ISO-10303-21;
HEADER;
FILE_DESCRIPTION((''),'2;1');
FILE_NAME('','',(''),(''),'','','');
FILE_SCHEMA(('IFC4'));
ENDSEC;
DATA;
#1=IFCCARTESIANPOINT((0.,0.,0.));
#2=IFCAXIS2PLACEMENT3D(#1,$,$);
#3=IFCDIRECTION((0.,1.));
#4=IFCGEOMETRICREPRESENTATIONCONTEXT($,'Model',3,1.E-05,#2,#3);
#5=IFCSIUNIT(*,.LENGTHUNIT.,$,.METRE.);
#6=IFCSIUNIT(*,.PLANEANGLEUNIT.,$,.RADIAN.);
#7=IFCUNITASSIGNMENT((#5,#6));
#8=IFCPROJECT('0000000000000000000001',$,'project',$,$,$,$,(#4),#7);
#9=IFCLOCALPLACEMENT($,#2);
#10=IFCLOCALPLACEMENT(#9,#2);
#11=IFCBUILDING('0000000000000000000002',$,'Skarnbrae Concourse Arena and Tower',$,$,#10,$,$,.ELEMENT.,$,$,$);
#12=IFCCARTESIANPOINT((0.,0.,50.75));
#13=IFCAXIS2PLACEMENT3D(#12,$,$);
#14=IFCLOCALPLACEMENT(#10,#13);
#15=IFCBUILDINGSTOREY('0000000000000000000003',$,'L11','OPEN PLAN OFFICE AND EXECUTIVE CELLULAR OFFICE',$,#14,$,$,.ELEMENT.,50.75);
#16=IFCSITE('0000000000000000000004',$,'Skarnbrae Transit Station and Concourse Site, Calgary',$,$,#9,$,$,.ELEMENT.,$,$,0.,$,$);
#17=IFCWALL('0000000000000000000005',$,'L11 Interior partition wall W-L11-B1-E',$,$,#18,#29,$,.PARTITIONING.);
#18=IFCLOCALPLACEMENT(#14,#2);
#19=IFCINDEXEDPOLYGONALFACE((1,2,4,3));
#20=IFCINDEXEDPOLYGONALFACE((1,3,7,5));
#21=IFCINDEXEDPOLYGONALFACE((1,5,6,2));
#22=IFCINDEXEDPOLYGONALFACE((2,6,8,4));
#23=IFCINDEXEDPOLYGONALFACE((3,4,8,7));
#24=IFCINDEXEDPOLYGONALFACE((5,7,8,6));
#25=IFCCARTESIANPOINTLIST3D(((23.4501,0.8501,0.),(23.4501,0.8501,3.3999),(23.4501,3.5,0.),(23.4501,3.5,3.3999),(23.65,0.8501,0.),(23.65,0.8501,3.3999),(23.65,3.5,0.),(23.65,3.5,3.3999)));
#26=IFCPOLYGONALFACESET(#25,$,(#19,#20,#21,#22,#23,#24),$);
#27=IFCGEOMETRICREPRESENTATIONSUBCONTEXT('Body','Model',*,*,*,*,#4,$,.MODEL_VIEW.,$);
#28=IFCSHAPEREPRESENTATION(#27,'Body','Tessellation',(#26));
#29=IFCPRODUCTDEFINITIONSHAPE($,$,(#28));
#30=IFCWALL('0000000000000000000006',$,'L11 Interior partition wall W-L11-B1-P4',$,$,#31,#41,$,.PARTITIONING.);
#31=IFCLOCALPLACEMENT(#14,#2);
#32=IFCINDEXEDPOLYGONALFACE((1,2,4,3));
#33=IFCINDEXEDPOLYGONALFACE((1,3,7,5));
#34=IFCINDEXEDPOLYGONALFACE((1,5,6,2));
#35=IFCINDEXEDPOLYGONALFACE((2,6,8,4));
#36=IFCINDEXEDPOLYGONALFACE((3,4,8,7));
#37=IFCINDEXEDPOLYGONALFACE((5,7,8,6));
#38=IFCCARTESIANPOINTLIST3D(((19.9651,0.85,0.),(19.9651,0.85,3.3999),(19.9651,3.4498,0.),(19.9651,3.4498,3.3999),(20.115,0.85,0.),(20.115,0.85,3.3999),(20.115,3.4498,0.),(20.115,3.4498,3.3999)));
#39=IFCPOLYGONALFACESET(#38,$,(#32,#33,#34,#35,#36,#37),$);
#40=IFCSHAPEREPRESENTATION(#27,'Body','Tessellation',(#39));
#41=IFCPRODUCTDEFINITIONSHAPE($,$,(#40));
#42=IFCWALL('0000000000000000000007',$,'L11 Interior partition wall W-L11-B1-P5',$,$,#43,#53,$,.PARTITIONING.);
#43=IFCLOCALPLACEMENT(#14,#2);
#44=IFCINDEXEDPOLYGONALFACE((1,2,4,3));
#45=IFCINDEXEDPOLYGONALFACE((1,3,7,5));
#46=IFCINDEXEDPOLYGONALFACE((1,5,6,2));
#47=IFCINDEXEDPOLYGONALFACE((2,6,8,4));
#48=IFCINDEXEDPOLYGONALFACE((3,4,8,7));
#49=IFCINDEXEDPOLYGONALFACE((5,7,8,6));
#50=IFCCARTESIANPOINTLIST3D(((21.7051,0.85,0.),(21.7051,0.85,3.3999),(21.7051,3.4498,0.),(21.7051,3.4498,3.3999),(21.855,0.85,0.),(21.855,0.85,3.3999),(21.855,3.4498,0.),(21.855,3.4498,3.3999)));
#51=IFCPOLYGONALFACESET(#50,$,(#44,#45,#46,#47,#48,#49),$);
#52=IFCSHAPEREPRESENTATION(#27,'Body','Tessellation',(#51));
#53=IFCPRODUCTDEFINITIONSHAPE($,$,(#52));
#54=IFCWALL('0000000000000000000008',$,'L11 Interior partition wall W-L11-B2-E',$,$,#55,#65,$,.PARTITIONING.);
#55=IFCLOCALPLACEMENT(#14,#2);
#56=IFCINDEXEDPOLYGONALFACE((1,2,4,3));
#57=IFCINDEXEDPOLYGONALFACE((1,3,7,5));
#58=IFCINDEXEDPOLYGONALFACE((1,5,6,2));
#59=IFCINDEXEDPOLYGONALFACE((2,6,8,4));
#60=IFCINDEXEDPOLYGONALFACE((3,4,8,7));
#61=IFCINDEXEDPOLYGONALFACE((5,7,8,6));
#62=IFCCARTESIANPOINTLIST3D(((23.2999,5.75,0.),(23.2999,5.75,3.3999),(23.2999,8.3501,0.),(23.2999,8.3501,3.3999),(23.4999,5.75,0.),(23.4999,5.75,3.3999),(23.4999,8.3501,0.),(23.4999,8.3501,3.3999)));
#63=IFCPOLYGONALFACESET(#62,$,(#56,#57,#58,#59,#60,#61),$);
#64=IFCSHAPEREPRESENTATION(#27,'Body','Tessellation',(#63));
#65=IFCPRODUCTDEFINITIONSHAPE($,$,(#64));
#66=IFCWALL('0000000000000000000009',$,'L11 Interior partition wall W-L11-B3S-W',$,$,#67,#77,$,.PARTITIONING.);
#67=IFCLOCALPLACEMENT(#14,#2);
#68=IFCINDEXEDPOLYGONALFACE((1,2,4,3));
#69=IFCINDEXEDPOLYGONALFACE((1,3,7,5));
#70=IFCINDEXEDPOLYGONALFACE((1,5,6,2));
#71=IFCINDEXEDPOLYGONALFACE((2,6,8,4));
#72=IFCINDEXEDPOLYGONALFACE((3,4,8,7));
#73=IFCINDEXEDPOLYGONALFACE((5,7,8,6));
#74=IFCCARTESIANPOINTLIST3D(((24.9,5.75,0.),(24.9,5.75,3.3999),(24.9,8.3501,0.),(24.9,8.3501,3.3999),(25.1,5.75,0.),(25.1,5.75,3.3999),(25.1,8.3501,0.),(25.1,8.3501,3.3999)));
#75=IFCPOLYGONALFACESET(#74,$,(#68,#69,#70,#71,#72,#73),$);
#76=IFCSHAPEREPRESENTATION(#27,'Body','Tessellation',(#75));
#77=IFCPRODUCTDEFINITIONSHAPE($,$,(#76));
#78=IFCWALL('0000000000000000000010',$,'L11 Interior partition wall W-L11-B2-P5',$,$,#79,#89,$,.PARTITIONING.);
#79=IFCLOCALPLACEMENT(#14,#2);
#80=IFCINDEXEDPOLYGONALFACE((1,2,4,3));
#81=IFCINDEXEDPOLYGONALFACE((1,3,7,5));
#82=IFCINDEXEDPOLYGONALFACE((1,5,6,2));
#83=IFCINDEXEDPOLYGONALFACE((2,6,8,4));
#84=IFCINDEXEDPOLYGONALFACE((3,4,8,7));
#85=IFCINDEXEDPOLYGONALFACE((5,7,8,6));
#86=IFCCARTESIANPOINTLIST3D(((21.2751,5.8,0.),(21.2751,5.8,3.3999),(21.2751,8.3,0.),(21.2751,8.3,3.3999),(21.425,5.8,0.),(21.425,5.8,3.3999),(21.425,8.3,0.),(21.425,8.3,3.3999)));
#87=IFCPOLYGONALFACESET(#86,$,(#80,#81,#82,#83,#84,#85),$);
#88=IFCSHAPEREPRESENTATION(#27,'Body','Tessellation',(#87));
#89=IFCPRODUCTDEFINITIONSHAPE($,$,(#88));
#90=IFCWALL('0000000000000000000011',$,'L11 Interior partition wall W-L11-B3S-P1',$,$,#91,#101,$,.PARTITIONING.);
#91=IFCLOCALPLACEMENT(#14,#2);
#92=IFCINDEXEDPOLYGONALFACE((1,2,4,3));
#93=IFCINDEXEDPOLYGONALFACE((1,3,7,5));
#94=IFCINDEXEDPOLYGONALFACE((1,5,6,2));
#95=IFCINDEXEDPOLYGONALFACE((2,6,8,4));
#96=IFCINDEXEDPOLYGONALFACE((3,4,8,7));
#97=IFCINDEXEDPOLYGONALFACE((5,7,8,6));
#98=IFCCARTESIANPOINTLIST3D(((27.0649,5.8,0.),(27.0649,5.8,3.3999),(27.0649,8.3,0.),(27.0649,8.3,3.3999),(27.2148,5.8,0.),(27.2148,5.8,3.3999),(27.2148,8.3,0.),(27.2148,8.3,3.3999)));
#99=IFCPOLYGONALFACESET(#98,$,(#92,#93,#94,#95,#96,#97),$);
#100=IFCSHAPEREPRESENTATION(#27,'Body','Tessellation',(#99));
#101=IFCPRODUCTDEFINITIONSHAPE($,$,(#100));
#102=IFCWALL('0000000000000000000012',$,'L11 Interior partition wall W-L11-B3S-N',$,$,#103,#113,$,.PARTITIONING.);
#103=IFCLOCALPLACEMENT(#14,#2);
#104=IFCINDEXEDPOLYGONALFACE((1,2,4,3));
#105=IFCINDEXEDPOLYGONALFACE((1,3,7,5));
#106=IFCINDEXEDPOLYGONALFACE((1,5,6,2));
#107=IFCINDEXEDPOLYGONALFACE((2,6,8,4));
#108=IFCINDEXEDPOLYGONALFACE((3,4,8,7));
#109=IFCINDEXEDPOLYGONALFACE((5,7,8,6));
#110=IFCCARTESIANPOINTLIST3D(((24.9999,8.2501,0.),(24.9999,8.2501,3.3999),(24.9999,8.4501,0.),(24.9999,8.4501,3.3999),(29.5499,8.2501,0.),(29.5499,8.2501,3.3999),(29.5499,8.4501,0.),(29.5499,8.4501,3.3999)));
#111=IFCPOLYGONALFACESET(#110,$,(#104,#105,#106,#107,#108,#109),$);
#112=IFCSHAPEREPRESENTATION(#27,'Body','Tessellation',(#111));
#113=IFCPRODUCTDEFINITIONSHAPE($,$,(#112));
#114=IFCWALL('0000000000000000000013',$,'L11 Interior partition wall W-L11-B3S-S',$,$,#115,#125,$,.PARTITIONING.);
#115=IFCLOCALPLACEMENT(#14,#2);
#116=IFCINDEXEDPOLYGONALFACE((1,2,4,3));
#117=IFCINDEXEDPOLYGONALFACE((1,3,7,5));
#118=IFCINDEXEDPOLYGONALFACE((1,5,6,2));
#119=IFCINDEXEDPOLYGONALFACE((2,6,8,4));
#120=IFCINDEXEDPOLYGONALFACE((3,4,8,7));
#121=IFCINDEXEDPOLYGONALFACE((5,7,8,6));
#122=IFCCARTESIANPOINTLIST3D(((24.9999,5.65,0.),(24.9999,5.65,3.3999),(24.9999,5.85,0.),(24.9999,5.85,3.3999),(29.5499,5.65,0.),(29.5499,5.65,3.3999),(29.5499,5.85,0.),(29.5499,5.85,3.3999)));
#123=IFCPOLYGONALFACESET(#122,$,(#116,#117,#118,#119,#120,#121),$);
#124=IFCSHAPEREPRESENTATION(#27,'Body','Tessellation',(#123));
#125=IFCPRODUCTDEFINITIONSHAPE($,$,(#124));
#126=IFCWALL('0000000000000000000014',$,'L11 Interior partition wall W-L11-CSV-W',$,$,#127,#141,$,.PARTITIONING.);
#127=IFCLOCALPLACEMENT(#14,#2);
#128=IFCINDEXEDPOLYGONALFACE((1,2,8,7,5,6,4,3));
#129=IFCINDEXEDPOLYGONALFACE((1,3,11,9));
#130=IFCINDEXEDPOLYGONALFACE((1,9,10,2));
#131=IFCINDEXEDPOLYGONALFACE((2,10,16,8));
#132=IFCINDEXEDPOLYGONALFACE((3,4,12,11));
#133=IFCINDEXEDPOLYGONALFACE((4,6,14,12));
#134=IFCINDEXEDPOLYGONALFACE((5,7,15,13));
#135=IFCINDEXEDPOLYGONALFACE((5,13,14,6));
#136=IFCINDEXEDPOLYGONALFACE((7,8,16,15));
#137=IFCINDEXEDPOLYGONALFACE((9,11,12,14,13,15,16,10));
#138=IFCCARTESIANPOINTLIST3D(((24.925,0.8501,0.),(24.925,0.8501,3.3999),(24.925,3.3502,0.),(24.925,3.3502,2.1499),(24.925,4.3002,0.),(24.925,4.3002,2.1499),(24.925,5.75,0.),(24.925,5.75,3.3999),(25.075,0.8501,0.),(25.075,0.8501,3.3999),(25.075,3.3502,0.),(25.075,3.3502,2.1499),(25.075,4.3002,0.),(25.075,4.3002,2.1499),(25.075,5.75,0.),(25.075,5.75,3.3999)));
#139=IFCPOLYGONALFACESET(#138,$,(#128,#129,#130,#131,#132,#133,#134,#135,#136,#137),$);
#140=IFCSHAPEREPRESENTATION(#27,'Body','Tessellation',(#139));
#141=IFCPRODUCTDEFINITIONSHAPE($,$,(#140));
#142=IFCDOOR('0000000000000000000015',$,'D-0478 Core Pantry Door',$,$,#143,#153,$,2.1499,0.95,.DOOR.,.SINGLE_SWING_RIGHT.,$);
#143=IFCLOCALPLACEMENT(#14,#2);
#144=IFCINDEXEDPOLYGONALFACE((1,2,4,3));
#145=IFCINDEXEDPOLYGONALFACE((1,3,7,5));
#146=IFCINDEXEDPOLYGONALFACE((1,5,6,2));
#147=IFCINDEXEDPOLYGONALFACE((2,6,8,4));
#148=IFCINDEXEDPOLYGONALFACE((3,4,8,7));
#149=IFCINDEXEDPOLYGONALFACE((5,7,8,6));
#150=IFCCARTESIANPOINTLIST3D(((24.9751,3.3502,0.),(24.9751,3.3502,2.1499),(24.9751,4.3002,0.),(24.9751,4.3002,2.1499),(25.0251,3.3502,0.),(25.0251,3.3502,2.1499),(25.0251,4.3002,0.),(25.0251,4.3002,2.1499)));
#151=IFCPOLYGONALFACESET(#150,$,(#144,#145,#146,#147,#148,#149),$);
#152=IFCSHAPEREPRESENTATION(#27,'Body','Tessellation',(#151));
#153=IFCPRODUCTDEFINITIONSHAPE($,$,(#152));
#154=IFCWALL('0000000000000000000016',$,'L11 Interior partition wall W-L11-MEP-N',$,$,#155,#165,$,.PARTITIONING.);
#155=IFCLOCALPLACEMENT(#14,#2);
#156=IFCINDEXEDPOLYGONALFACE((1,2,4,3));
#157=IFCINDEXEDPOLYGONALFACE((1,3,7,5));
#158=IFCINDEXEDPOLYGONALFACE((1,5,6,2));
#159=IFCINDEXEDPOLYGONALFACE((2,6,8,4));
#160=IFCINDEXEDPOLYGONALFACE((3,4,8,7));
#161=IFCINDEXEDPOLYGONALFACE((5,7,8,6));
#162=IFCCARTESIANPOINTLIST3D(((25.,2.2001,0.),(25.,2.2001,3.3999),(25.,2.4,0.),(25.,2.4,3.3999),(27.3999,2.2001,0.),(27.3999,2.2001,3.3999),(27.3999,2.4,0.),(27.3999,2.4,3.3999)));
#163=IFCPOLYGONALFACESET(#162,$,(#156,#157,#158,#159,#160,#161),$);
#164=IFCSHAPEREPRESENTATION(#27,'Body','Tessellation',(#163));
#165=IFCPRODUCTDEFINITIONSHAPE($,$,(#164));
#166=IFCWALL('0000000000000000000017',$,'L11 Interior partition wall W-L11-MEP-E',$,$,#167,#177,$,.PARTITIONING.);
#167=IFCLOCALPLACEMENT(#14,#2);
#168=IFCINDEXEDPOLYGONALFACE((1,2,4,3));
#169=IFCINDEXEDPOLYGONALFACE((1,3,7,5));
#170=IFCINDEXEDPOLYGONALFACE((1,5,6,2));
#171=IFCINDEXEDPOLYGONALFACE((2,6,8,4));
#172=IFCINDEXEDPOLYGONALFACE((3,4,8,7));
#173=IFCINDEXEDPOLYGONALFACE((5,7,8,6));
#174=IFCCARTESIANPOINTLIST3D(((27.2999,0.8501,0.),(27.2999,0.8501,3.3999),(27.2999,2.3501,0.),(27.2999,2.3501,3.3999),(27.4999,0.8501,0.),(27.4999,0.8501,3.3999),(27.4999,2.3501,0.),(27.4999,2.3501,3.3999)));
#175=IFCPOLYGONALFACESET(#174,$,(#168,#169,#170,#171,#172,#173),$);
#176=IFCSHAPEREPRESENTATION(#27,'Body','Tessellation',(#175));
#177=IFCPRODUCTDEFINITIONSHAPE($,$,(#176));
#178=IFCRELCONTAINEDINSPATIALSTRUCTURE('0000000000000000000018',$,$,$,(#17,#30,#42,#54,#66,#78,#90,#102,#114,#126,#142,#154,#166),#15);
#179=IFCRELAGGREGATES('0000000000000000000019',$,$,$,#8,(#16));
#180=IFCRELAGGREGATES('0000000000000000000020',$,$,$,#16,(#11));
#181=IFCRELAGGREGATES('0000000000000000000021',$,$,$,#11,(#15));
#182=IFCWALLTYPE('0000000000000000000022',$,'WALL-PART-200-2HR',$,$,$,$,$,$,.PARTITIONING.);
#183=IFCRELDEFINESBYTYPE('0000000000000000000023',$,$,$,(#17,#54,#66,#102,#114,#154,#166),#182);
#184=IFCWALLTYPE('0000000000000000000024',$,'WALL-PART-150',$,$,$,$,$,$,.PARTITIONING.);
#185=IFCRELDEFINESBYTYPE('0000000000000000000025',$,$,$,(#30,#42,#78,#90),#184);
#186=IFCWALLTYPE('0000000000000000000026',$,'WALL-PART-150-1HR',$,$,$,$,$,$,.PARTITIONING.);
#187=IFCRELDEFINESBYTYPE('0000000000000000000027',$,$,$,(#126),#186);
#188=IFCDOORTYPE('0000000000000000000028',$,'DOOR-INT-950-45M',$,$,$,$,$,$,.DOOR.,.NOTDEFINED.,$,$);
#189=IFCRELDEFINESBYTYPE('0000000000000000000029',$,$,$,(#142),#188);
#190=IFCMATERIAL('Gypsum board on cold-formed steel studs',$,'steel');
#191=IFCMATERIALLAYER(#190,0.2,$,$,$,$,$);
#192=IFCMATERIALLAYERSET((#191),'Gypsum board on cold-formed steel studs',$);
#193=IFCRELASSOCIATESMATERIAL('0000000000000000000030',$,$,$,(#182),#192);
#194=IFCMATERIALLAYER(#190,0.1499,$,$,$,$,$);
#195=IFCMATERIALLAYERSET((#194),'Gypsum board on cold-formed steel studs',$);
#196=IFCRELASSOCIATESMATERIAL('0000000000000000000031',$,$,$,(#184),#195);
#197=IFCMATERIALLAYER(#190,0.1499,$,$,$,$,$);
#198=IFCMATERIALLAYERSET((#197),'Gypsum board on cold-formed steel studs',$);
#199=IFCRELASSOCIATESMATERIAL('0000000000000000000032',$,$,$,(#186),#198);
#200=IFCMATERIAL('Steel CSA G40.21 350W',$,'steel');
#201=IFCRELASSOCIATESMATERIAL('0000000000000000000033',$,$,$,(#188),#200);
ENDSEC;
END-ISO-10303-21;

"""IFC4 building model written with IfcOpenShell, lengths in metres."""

from ifc_helpers import new_model, si_unit, direction, frame, frame_2d, origin, place, context, subcontext, project, spatial, rectangle, extrude, source, transform, mapped, material, layer, layer_set, type_object, element, fill, save


model = new_model("IFC4")

# Units and contexts
model_context = context("Model", 3, precision=1e-05, world=origin(), true_north=direction((0.0, 1.0)))
body_context = subcontext(model_context, "Body", "Model", "MODEL_VIEW")
ifc_project = project(units=[si_unit("LENGTHUNIT", "METRE"), si_unit("PLANEANGLEUNIT", "RADIAN")], contexts=[model_context])

# Site, building, storey
site_placement = place(None, origin())
site = spatial("IfcSite", under=ifc_project, at=site_placement, Name="Skarnbrae Transit Station and Concourse Site, Calgary", CompositionType="ELEMENT", RefElevation=0.0)
building_placement = place(site_placement, origin())
building = spatial("IfcBuilding", under=site, at=building_placement, Name="Skarnbrae Concourse Arena and Tower", CompositionType="ELEMENT")
storey_placement = place(building_placement, frame((0.0, 0.0, 50.75)))
storey = spatial("IfcBuildingStorey", under=building, at=storey_placement, Name="L11", Description="OPEN PLAN OFFICE AND EXECUTIVE CELLULAR OFFICE", CompositionType="ELEMENT", Elevation=50.75)

# Walls
ifc_material_1 = material(Name="Gypsum board on cold-formed steel studs", Category="steel")
ifc_layer_1 = layer(ifc_material_1, 0.2)
ifc_layer_set_1 = layer_set([ifc_layer_1], Name="Gypsum board on cold-formed steel studs")
wall_type_1 = type_object("IfcWallType", Name="WALL-PART-200-2HR", PredefinedType="PARTITIONING", material=ifc_layer_set_1)
shared_shape_1 = source(origin(), body_context, "Body", "SweptSolid", [
    extrude(rectangle(XDim=2.6499, YDim=0.2, at=frame_2d((1.325, 0.0))), origin(), (0.0, 0.0, 1.0), 3.3999),
])
wall_1_placement = place(storey_placement, frame((23.55, 0.8501, 0.0), z_axis=(0.0, 0.0, 1.0), x_axis=(0.0, 1.0, 0.0)))
element("IfcWall", 1, at=wall_1_placement, inside=storey, type_object=wall_type_1, Name="L11 Interior partition wall W-L11-B1-E", PredefinedType="PARTITIONING", context=body_context, shape_type="MappedRepresentation", body=[
    mapped(shared_shape_1, transform((0.0, 0.0, 0.0))),
])
ifc_layer_2 = layer(ifc_material_1, 0.1499)
ifc_layer_set_2 = layer_set([ifc_layer_2], Name="Gypsum board on cold-formed steel studs")
wall_type_2 = type_object("IfcWallType", Name="WALL-PART-150", PredefinedType="PARTITIONING", material=ifc_layer_set_2)
shared_shape_2 = source(origin(), body_context, "Body", "SweptSolid", [
    extrude(rectangle(XDim=2.5999, YDim=0.1499, at=frame_2d((1.2998, 0.0))), origin(), (0.0, 0.0, 1.0), 3.3999),
])
for number, where, z_axis, x_axis, name in (
    (2, (20.04, 0.8501, 0.0), (0.0, 0.0, 1.0), (0.0, 1.0, 0.0), "L11 Interior partition wall W-L11-B1-P4"),
    (3, (21.78, 0.8501, 0.0), (0.0, 0.0, 1.0), (0.0, 1.0, 0.0), "L11 Interior partition wall W-L11-B1-P5"),
):
    element("IfcWall", number, at=place(storey_placement, frame(where, z_axis=z_axis, x_axis=x_axis)), inside=storey, type_object=wall_type_2, Name=name, PredefinedType="PARTITIONING", context=body_context, shape_type="MappedRepresentation", body=[
        mapped(shared_shape_2, transform((0.0, 0.0, 0.0))),
    ])
shared_shape_3 = source(origin(), body_context, "Body", "SweptSolid", [
    extrude(rectangle(XDim=2.6001, YDim=0.2, at=frame_2d((1.3, 0.0))), origin(), (0.0, 0.0, 1.0), 3.3999),
])
for number, where, z_axis, x_axis, name in (
    (4, (23.3999, 5.75, 0.0), (0.0, 0.0, 1.0), (0.0, 1.0, 0.0), "L11 Interior partition wall W-L11-B2-E"),
    (5, (25.0, 5.75, 0.0), (0.0, 0.0, 1.0), (0.0, 1.0, 0.0), "L11 Interior partition wall W-L11-B3S-W"),
):
    element("IfcWall", number, at=place(storey_placement, frame(where, z_axis=z_axis, x_axis=x_axis)), inside=storey, type_object=wall_type_1, Name=name, PredefinedType="PARTITIONING", context=body_context, shape_type="MappedRepresentation", body=[
        mapped(shared_shape_3, transform((0.0, 0.0, 0.0))),
    ])
shared_shape_4 = source(origin(), body_context, "Body", "SweptSolid", [
    extrude(rectangle(XDim=2.5, YDim=0.1499, at=frame_2d((1.25, 0.0))), origin(), (0.0, 0.0, 1.0), 3.3999),
])
for number, where, z_axis, x_axis, name in (
    (6, (21.3501, 5.8, 0.0), (0.0, 0.0, 1.0), (0.0, 1.0, 0.0), "L11 Interior partition wall W-L11-B2-P5"),
    (7, (27.1399, 5.8, 0.0), (0.0, 0.0, 1.0), (0.0, 1.0, 0.0), "L11 Interior partition wall W-L11-B3S-P1"),
):
    element("IfcWall", number, at=place(storey_placement, frame(where, z_axis=z_axis, x_axis=x_axis)), inside=storey, type_object=wall_type_2, Name=name, PredefinedType="PARTITIONING", context=body_context, shape_type="MappedRepresentation", body=[
        mapped(shared_shape_4, transform((0.0, 0.0, 0.0))),
    ])
shared_shape_5 = source(origin(), body_context, "Body", "SweptSolid", [
    extrude(rectangle(XDim=4.55, YDim=0.2, at=frame_2d((2.2749, 0.0))), origin(), (0.0, 0.0, 1.0), 3.3999),
])
for number, where, z_axis, x_axis, name in (
    (8, (25.0, 8.3501, 0.0), (0.0, 0.0, 1.0), (1.0, 0.0, 0.0), "L11 Interior partition wall W-L11-B3S-N"),
    (9, (25.0, 5.75, 0.0), (0.0, 0.0, 1.0), (1.0, 0.0, 0.0), "L11 Interior partition wall W-L11-B3S-S"),
):
    element("IfcWall", number, at=place(storey_placement, frame(where, z_axis=z_axis, x_axis=x_axis)), inside=storey, type_object=wall_type_1, Name=name, PredefinedType="PARTITIONING", context=body_context, shape_type="MappedRepresentation", body=[
        mapped(shared_shape_5, transform((0.0, 0.0, 0.0))),
    ])

# Wall, opening, door
ifc_layer_3 = layer(ifc_material_1, 0.1499)
ifc_layer_set_3 = layer_set([ifc_layer_3], Name="Gypsum board on cold-formed steel studs")
wall_type_3 = type_object("IfcWallType", Name="WALL-PART-150-1HR", PredefinedType="PARTITIONING", material=ifc_layer_set_3)
shared_shape_6 = source(origin(), body_context, "Body", "SweptSolid", [
    extrude(rectangle(XDim=4.8999, YDim=0.1499, at=frame_2d((2.45, 0.0))), origin(), (0.0, 0.0, 1.0), 3.3999),
])
wall_2_placement = place(storey_placement, frame((25.0, 0.8501, 0.0), z_axis=(0.0, 0.0, 1.0), x_axis=(0.0, 1.0, 0.0)))
wall_2 = element("IfcWall", 10, at=wall_2_placement, inside=storey, type_object=wall_type_3, Name="L11 Interior partition wall W-L11-CSV-W", PredefinedType="PARTITIONING", context=body_context, shape_type="MappedRepresentation", body=[
    mapped(shared_shape_6, transform((0.0, 0.0, 0.0))),
])
opening_1_placement = place(wall_2_placement, frame((2.5, 0.0, 0.0)))
opening_1 = element("IfcOpeningElement", 11, at=opening_1_placement, cuts=wall_2, PredefinedType="OPENING", context=body_context, shape_type="SweptSolid", body=[
    extrude(rectangle(XDim=0.95, YDim=2.1499, at=frame_2d((0.4751, 1.075))), frame((0.0, 0.085, 0.0), z_axis=(0.0, -1.0, 0.0), x_axis=(1.0, 0.0, 0.0)), (0.0, 0.0, 1.0), 0.1699),
])
ifc_material_2 = material(Name="Steel CSA G40.21 350W", Category="steel")
door_type_1 = type_object("IfcDoorType", Name="DOOR-INT-950-45M", OperationType="NOTDEFINED", PredefinedType="DOOR", material=ifc_material_2)
shared_shape_7 = source(origin(), body_context, "Body", "SweptSolid", [
    extrude(rectangle(XDim=0.95, YDim=2.1499, at=frame_2d((0.4751, 1.075))), frame((0.0, 0.0249, 0.0), z_axis=(0.0, -1.0, 0.0), x_axis=(1.0, 0.0, 0.0)), (0.0, 0.0, 1.0), 0.05),
])
door_1_placement = place(opening_1_placement, origin())
door_1 = element("IfcDoor", 12, at=door_1_placement, inside=storey, type_object=door_type_1, Name="D-0478 Core Pantry Door", OperationType="SINGLE_SWING_RIGHT", OverallHeight=2.1499, OverallWidth=0.95, PredefinedType="DOOR", context=body_context, shape_type="MappedRepresentation", body=[
    mapped(shared_shape_7, transform((0.0, 0.0, 0.0))),
])
fill(opening_1, door_1)

# Walls
shared_shape_8 = source(origin(), body_context, "Body", "SweptSolid", [
    extrude(rectangle(XDim=2.3999, YDim=0.2, at=frame_2d((1.2, 0.0))), origin(), (0.0, 0.0, 1.0), 3.3999),
])
wall_3_placement = place(storey_placement, frame((25.0, 2.3, 0.0), z_axis=(0.0, 0.0, 1.0), x_axis=(1.0, 0.0, 0.0)))
element("IfcWall", 13, at=wall_3_placement, inside=storey, type_object=wall_type_1, Name="L11 Interior partition wall W-L11-MEP-N", PredefinedType="PARTITIONING", context=body_context, shape_type="MappedRepresentation", body=[
    mapped(shared_shape_8, transform((0.0, 0.0, 0.0))),
])
shared_shape_9 = source(origin(), body_context, "Body", "SweptSolid", [
    extrude(rectangle(XDim=1.5, YDim=0.2, at=frame_2d((0.75, 0.0))), origin(), (0.0, 0.0, 1.0), 3.3999),
])
wall_4_placement = place(storey_placement, frame((27.3999, 0.8501, 0.0), z_axis=(0.0, 0.0, 1.0), x_axis=(0.0, 1.0, 0.0)))
element("IfcWall", 14, at=wall_4_placement, inside=storey, type_object=wall_type_1, Name="L11 Interior partition wall W-L11-MEP-E", PredefinedType="PARTITIONING", context=body_context, shape_type="MappedRepresentation", body=[
    mapped(shared_shape_9, transform((0.0, 0.0, 0.0))),
])

save(model, "model.ifc")
